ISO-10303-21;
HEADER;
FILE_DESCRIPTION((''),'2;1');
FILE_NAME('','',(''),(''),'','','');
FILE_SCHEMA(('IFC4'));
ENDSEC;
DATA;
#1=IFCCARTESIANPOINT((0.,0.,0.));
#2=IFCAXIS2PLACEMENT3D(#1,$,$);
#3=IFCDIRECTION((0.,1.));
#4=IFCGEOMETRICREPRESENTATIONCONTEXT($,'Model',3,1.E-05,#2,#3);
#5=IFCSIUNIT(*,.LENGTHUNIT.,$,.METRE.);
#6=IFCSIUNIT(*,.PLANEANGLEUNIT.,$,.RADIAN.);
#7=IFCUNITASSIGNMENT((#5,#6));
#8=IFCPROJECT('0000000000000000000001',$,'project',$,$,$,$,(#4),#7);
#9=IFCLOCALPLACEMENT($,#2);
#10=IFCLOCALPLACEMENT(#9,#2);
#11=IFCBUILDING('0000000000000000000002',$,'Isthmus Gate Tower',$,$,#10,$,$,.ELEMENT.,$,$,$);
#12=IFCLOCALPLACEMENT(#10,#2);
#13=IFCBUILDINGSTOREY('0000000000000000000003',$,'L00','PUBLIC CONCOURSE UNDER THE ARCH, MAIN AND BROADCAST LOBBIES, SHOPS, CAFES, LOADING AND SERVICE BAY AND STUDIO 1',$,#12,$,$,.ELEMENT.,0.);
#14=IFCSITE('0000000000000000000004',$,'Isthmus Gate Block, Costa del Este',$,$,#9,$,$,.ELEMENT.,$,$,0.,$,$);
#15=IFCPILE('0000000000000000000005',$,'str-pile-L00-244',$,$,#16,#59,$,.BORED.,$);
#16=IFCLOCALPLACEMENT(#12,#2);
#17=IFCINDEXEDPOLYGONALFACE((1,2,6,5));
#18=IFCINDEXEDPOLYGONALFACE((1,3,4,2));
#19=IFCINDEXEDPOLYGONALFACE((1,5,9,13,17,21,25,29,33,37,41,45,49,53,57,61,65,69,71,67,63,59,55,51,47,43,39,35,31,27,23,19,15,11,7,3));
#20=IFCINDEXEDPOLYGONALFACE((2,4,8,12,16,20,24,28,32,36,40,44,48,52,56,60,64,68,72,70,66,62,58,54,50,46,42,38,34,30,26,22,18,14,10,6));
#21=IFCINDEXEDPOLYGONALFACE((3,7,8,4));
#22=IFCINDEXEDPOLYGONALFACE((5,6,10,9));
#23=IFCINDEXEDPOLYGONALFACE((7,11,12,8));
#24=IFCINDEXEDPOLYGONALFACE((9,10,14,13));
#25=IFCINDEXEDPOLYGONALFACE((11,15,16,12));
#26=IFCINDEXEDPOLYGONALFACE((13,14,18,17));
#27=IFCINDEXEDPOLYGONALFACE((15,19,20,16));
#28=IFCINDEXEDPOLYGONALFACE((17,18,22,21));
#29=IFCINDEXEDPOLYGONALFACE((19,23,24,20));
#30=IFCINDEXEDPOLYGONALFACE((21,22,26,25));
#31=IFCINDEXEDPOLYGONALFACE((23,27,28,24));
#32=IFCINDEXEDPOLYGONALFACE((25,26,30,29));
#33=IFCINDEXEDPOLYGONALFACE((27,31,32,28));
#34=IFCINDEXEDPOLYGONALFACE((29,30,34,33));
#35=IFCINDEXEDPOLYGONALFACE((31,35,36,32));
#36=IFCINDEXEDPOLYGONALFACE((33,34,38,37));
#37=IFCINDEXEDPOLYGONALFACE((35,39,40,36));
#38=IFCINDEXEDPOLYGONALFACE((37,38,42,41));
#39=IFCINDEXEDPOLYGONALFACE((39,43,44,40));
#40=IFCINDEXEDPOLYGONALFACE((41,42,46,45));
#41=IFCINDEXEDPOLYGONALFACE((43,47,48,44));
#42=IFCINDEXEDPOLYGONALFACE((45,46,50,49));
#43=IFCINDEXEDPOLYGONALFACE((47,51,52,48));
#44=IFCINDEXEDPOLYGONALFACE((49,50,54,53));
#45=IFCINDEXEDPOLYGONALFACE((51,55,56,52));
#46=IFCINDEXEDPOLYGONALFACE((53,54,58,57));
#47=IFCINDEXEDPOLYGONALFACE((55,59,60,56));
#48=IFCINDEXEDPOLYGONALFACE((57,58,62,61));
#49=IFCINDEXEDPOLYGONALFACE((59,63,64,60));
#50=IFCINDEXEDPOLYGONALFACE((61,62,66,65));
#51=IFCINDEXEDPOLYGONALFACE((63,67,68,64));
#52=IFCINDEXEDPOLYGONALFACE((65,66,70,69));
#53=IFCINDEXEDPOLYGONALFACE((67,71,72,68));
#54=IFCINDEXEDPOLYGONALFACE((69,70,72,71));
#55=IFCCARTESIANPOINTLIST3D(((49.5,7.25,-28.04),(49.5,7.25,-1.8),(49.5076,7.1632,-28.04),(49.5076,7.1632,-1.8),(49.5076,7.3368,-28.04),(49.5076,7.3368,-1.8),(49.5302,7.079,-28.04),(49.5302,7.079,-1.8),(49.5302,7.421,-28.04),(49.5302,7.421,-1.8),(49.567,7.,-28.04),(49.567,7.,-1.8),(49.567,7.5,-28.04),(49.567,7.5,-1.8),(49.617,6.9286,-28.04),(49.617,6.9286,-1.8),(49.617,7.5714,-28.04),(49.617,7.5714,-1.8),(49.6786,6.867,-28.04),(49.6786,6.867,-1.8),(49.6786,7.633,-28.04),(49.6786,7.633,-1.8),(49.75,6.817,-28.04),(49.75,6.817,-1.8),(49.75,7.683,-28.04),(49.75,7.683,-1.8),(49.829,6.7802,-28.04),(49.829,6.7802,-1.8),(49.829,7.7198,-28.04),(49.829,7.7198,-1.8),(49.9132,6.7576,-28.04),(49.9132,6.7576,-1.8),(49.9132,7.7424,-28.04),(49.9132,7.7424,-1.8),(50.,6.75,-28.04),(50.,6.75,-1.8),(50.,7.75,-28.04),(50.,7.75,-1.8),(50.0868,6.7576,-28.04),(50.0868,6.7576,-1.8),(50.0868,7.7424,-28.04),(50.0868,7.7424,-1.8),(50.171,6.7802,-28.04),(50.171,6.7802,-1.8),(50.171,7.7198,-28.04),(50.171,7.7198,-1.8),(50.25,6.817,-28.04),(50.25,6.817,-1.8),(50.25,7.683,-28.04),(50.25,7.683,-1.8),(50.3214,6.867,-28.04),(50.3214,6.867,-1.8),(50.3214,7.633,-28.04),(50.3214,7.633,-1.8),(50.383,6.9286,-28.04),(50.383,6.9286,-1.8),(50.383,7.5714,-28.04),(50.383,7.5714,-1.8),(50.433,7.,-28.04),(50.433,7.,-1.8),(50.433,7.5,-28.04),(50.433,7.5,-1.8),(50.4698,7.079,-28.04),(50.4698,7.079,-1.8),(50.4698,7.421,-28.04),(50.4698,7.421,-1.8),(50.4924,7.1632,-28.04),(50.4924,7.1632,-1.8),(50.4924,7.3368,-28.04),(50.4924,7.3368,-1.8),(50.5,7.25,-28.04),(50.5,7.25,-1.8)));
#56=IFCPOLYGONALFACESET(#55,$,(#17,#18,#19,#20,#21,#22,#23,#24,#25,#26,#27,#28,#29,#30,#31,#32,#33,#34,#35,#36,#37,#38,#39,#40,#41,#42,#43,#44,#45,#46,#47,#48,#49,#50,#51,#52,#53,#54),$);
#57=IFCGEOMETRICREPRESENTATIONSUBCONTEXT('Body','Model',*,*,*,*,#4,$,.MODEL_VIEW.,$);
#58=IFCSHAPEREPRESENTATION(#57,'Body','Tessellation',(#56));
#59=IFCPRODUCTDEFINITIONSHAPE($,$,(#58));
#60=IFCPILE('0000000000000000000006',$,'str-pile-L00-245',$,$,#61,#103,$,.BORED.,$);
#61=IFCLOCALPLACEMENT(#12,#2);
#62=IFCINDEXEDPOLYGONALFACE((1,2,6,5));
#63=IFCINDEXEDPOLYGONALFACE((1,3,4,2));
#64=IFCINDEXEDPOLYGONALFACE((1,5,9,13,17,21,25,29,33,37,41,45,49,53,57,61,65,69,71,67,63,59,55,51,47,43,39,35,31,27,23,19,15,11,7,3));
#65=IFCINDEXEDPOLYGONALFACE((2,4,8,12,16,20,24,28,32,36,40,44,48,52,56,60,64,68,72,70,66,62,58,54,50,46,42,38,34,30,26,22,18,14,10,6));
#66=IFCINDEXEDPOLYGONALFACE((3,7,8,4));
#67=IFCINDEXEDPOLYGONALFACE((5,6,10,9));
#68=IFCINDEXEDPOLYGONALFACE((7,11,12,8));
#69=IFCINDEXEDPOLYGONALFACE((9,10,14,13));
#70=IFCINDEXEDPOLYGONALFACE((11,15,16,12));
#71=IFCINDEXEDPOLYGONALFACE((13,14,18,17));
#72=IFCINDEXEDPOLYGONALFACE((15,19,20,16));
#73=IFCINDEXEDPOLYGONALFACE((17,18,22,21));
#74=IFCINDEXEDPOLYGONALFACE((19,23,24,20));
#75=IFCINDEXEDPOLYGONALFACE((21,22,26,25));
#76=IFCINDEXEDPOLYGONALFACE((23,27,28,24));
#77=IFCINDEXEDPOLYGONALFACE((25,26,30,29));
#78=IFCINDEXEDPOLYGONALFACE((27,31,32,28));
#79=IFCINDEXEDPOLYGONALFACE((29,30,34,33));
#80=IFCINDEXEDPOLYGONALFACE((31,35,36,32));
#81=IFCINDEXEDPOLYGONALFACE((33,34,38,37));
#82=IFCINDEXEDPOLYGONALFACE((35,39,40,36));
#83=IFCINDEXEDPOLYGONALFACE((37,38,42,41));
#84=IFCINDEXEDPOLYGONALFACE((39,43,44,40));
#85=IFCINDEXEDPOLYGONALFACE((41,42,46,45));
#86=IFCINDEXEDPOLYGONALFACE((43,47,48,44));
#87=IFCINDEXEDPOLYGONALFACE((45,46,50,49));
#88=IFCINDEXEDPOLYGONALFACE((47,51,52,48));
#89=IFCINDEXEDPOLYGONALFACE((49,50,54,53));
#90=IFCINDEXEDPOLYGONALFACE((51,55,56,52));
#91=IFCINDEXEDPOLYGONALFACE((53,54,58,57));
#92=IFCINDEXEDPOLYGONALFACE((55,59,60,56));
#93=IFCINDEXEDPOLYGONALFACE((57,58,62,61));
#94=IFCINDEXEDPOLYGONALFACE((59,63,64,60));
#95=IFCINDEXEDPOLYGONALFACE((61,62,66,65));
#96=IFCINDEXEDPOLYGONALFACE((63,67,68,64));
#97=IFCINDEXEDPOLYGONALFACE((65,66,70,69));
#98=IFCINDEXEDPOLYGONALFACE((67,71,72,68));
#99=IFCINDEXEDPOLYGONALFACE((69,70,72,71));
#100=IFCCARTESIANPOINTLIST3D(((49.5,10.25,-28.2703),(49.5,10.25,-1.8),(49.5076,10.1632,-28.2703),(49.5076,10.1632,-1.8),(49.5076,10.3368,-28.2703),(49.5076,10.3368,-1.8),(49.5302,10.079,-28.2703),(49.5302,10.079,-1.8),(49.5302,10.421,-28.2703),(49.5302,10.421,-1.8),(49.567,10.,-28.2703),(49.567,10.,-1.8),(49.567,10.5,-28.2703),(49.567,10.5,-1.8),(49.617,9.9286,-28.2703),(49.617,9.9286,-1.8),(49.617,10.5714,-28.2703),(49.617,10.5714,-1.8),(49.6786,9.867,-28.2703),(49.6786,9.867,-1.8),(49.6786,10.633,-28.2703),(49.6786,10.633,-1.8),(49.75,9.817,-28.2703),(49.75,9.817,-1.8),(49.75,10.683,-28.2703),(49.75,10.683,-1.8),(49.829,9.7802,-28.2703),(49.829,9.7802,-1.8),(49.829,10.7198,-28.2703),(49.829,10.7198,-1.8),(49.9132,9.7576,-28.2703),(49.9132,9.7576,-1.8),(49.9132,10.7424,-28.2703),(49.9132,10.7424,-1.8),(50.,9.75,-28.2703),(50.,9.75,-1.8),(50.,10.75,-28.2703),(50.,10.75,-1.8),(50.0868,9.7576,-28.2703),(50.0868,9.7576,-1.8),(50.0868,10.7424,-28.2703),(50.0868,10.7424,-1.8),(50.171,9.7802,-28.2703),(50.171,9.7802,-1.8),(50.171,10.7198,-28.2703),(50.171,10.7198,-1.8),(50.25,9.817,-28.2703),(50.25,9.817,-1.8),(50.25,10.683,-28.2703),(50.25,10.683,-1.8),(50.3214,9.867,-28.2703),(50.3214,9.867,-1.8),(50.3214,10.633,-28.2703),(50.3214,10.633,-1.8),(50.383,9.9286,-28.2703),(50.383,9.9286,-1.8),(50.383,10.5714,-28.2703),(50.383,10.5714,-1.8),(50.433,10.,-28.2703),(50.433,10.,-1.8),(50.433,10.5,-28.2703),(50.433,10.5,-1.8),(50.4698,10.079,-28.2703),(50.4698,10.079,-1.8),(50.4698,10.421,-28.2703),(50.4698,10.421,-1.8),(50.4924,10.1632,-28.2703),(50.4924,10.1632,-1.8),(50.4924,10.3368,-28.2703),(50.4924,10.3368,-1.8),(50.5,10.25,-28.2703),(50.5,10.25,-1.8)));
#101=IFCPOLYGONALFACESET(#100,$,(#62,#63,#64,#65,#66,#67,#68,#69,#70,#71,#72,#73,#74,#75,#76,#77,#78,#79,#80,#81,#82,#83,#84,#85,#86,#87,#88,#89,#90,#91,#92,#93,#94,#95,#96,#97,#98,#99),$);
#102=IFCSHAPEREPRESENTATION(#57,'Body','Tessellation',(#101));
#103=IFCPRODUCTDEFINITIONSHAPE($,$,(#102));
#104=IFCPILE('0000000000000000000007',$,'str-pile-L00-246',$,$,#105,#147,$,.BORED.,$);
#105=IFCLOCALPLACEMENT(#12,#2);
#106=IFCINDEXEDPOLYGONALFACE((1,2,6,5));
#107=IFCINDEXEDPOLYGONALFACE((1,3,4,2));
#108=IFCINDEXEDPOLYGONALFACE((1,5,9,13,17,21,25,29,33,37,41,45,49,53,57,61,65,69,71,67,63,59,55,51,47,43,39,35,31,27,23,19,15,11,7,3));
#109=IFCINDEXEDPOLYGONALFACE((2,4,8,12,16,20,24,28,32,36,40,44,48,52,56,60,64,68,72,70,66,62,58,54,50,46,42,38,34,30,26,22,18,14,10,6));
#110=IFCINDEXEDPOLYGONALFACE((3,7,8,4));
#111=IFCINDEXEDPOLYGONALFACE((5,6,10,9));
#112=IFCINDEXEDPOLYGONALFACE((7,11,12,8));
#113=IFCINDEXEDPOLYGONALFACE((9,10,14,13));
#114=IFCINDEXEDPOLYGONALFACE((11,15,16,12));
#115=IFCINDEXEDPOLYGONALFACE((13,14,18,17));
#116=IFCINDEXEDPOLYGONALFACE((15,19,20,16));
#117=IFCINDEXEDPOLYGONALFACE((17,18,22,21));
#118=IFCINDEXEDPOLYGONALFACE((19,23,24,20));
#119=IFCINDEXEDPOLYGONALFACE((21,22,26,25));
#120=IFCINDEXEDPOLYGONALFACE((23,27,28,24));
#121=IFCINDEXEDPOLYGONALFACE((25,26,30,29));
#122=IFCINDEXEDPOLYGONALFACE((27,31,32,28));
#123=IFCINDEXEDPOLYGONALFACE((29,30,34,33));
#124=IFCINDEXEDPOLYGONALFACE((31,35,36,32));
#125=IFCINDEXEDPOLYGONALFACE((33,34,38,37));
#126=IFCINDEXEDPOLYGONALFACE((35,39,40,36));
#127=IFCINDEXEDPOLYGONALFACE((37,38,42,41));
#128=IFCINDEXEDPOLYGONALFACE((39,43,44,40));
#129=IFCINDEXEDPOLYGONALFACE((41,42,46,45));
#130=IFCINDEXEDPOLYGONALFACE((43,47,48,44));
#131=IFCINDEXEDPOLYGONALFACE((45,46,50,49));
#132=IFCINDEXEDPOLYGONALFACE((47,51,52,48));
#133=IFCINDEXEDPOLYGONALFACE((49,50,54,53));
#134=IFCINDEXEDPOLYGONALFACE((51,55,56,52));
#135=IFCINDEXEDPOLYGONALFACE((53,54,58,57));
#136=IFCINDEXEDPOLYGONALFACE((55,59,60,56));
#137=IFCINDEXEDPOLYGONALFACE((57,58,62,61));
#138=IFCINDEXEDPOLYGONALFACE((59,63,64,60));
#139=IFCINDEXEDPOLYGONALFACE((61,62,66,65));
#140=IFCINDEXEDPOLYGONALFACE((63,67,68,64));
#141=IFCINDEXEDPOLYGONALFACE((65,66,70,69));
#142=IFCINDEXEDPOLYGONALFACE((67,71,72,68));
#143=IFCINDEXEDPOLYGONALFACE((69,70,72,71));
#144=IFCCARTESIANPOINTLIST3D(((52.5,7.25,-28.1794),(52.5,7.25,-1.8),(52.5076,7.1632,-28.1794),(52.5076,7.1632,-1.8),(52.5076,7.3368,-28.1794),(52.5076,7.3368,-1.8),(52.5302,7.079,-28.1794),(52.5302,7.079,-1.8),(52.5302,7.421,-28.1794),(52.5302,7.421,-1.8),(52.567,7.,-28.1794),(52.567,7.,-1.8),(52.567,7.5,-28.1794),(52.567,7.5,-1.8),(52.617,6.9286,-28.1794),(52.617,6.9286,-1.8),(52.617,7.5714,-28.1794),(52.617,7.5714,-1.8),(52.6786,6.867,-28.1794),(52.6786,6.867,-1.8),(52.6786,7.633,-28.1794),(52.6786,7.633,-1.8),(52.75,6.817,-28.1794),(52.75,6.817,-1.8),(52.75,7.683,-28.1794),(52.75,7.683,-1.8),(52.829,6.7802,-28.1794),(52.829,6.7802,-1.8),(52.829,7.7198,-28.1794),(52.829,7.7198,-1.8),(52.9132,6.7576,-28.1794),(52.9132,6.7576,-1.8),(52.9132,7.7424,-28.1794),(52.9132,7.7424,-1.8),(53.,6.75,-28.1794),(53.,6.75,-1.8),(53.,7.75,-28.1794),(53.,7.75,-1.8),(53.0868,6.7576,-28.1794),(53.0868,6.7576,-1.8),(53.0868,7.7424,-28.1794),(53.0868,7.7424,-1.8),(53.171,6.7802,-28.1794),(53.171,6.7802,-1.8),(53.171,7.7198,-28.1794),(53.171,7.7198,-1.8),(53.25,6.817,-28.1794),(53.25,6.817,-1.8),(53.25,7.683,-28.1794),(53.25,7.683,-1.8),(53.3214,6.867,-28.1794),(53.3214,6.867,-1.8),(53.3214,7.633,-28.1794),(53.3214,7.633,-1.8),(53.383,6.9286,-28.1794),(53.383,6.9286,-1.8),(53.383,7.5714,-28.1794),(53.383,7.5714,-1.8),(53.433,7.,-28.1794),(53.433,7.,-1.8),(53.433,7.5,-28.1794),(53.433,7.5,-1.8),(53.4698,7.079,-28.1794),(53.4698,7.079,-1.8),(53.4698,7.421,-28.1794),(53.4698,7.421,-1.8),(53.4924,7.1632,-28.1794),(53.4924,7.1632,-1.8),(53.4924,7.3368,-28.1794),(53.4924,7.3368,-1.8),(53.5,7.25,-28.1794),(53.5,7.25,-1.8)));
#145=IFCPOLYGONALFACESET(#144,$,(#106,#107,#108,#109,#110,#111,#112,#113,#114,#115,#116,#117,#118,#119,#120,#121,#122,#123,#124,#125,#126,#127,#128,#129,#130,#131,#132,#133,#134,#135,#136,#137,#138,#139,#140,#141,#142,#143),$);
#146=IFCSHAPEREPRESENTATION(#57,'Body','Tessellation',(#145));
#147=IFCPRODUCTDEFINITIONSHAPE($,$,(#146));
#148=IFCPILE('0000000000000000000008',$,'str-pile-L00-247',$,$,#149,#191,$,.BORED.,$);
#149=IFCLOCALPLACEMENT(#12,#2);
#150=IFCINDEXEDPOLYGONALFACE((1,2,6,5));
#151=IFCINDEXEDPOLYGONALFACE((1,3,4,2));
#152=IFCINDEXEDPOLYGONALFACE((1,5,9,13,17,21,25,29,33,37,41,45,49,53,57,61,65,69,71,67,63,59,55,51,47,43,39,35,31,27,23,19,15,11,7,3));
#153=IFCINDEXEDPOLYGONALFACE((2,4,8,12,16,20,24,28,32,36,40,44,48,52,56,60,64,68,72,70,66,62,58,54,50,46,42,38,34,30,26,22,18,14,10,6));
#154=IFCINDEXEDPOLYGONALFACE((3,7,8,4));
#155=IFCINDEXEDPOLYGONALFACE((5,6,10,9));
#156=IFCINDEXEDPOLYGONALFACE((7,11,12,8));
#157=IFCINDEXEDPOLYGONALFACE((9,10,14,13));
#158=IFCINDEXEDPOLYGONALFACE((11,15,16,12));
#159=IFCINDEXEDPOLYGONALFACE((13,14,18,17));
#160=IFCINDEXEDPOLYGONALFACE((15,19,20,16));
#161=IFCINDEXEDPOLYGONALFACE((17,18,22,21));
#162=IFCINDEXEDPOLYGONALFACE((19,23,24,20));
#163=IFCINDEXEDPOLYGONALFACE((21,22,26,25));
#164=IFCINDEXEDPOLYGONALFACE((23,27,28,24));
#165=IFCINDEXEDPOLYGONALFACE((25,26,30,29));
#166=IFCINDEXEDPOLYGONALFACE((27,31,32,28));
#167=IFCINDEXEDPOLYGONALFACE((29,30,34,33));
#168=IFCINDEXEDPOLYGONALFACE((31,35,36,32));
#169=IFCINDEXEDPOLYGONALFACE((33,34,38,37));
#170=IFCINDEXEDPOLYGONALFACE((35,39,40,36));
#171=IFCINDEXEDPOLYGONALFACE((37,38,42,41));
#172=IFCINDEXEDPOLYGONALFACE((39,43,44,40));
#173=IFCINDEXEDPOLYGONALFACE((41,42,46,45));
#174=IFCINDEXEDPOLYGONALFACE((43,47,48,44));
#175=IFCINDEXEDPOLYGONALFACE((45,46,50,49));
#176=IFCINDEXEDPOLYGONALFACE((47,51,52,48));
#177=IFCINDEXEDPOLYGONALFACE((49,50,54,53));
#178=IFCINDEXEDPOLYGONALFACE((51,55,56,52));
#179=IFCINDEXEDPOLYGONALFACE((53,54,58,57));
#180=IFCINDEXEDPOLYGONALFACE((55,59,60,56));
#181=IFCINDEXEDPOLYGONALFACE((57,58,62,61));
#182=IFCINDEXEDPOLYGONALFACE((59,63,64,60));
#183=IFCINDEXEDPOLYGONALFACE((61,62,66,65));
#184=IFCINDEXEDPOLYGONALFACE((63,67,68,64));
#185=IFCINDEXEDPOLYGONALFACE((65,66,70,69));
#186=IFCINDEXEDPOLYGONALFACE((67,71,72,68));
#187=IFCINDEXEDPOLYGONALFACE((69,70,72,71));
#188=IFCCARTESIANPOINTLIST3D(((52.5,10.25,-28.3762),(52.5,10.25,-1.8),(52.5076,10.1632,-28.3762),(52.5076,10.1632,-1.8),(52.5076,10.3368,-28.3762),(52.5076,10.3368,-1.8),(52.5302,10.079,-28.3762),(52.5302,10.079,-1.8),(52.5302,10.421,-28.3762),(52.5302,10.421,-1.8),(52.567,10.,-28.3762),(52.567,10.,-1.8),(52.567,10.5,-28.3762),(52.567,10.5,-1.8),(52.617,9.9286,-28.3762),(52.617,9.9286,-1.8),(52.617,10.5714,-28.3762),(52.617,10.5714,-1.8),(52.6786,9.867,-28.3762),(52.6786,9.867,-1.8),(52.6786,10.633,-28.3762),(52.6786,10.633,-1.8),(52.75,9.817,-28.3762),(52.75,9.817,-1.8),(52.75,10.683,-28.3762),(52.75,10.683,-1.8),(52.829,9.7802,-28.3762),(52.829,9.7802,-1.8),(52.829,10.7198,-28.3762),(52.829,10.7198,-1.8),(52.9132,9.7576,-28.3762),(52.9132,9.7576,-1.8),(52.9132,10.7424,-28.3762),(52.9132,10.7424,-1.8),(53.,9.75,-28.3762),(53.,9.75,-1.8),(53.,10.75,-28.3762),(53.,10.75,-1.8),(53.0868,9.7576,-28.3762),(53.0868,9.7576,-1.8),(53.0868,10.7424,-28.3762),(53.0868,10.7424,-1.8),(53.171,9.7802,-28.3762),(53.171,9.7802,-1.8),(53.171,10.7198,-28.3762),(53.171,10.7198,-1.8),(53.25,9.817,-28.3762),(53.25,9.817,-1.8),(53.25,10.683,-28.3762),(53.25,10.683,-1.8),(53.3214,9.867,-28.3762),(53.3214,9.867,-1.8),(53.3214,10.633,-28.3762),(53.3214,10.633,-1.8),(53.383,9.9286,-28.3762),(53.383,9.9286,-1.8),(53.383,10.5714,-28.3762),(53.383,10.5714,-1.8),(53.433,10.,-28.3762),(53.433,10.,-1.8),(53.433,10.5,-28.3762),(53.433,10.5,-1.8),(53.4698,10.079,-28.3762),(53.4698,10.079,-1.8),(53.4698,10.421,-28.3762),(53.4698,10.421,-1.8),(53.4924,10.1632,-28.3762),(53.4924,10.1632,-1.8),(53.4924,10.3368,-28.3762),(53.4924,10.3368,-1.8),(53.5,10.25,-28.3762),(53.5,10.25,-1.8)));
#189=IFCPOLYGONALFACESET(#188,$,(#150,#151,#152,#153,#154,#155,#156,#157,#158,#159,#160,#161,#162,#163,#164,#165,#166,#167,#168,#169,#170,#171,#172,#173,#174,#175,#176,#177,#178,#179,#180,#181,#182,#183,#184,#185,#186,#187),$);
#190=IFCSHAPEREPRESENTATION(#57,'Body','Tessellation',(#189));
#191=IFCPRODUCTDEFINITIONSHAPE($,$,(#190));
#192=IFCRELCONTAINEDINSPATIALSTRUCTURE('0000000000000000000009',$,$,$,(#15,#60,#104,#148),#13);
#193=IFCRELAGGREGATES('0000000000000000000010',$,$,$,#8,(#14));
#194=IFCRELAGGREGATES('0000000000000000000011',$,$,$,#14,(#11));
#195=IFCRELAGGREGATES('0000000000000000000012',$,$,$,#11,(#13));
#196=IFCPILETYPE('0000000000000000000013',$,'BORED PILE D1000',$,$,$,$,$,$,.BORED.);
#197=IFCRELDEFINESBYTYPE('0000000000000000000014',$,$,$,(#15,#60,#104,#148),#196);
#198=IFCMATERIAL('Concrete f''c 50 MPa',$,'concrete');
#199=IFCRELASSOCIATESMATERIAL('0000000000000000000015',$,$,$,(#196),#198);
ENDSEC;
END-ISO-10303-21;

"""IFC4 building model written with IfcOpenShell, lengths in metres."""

from ifc_helpers import new_model, si_unit, direction, frame, origin, origin_2d, place, context, subcontext, project, spatial, circle, extrude, material, material_profile, profile_set, type_object, element, save


model = new_model("IFC4")

# Units and contexts
model_context = context("Model", 3, precision=1e-05, world=origin(), true_north=direction((0.0, 1.0)))
body_context = subcontext(model_context, "Body", "Model", "MODEL_VIEW")
ifc_project = project(units=[si_unit("LENGTHUNIT", "METRE"), si_unit("PLANEANGLEUNIT", "RADIAN")], contexts=[model_context])

# Site, building, storey
site_placement = place(None, origin())
site = spatial("IfcSite", under=ifc_project, at=site_placement, Name="Isthmus Gate Block, Costa del Este", CompositionType="ELEMENT", RefElevation=0.0)
building_placement = place(site_placement, origin())
building = spatial("IfcBuilding", under=site, at=building_placement, Name="Isthmus Gate Tower", CompositionType="ELEMENT")
storey_placement = place(building_placement, origin())
storey = spatial("IfcBuildingStorey", under=building, at=storey_placement, Name="L00", Description="PUBLIC CONCOURSE UNDER THE ARCH, MAIN AND BROADCAST LOBBIES, SHOPS, CAFES, LOADING AND SERVICE BAY AND STUDIO 1", CompositionType="ELEMENT", Elevation=0.0)

# Piles
ifc_material_1 = material(Name="Concrete f'c 50 MPa", Category="concrete")
ifc_material_profile_1 = material_profile(ifc_material_1, circle(Radius=0.5, at=origin_2d()), Name="D1000")
ifc_profile_set_1 = profile_set([ifc_material_profile_1], Name="Concrete f'c 50 MPa")
pile_type = type_object("IfcPileType", Name="BORED PILE D1000", PredefinedType="BORED", material=ifc_profile_set_1)
pile_1_placement = place(storey_placement, frame((50.0, 7.25, -1.8), z_axis=(0.0, 0.0, -1.0), x_axis=(1.0, 0.0, 0.0)))
element("IfcPile", 1, at=pile_1_placement, inside=storey, type_object=pile_type, Name="str-pile-L00-244", PredefinedType="BORED", context=body_context, shape_type="SweptSolid", body=[
    extrude(circle(Radius=0.5, at=origin_2d()), origin(), (0.0, 0.0, 1.0), 26.24),
])
pile_2_placement = place(storey_placement, frame((50.0, 10.25, -1.8), z_axis=(0.0, 0.0, -1.0), x_axis=(1.0, 0.0, 0.0)))
element("IfcPile", 2, at=pile_2_placement, inside=storey, type_object=pile_type, Name="str-pile-L00-245", PredefinedType="BORED", context=body_context, shape_type="SweptSolid", body=[
    extrude(circle(Radius=0.5, at=origin_2d()), origin(), (0.0, 0.0, 1.0), 26.4702),
])
pile_3_placement = place(storey_placement, frame((53.0, 7.25, -1.8), z_axis=(0.0, 0.0, -1.0), x_axis=(1.0, 0.0, 0.0)))
element("IfcPile", 3, at=pile_3_placement, inside=storey, type_object=pile_type, Name="str-pile-L00-246", PredefinedType="BORED", context=body_context, shape_type="SweptSolid", body=[
    extrude(circle(Radius=0.5, at=origin_2d()), origin(), (0.0, 0.0, 1.0), 26.3794),
])
pile_4_placement = place(storey_placement, frame((53.0, 10.25, -1.8), z_axis=(0.0, 0.0, -1.0), x_axis=(1.0, 0.0, 0.0)))
element("IfcPile", 4, at=pile_4_placement, inside=storey, type_object=pile_type, Name="str-pile-L00-247", PredefinedType="BORED", context=body_context, shape_type="SweptSolid", body=[
    extrude(circle(Radius=0.5, at=origin_2d()), origin(), (0.0, 0.0, 1.0), 26.5762),
])

save(model, "model.ifc")
